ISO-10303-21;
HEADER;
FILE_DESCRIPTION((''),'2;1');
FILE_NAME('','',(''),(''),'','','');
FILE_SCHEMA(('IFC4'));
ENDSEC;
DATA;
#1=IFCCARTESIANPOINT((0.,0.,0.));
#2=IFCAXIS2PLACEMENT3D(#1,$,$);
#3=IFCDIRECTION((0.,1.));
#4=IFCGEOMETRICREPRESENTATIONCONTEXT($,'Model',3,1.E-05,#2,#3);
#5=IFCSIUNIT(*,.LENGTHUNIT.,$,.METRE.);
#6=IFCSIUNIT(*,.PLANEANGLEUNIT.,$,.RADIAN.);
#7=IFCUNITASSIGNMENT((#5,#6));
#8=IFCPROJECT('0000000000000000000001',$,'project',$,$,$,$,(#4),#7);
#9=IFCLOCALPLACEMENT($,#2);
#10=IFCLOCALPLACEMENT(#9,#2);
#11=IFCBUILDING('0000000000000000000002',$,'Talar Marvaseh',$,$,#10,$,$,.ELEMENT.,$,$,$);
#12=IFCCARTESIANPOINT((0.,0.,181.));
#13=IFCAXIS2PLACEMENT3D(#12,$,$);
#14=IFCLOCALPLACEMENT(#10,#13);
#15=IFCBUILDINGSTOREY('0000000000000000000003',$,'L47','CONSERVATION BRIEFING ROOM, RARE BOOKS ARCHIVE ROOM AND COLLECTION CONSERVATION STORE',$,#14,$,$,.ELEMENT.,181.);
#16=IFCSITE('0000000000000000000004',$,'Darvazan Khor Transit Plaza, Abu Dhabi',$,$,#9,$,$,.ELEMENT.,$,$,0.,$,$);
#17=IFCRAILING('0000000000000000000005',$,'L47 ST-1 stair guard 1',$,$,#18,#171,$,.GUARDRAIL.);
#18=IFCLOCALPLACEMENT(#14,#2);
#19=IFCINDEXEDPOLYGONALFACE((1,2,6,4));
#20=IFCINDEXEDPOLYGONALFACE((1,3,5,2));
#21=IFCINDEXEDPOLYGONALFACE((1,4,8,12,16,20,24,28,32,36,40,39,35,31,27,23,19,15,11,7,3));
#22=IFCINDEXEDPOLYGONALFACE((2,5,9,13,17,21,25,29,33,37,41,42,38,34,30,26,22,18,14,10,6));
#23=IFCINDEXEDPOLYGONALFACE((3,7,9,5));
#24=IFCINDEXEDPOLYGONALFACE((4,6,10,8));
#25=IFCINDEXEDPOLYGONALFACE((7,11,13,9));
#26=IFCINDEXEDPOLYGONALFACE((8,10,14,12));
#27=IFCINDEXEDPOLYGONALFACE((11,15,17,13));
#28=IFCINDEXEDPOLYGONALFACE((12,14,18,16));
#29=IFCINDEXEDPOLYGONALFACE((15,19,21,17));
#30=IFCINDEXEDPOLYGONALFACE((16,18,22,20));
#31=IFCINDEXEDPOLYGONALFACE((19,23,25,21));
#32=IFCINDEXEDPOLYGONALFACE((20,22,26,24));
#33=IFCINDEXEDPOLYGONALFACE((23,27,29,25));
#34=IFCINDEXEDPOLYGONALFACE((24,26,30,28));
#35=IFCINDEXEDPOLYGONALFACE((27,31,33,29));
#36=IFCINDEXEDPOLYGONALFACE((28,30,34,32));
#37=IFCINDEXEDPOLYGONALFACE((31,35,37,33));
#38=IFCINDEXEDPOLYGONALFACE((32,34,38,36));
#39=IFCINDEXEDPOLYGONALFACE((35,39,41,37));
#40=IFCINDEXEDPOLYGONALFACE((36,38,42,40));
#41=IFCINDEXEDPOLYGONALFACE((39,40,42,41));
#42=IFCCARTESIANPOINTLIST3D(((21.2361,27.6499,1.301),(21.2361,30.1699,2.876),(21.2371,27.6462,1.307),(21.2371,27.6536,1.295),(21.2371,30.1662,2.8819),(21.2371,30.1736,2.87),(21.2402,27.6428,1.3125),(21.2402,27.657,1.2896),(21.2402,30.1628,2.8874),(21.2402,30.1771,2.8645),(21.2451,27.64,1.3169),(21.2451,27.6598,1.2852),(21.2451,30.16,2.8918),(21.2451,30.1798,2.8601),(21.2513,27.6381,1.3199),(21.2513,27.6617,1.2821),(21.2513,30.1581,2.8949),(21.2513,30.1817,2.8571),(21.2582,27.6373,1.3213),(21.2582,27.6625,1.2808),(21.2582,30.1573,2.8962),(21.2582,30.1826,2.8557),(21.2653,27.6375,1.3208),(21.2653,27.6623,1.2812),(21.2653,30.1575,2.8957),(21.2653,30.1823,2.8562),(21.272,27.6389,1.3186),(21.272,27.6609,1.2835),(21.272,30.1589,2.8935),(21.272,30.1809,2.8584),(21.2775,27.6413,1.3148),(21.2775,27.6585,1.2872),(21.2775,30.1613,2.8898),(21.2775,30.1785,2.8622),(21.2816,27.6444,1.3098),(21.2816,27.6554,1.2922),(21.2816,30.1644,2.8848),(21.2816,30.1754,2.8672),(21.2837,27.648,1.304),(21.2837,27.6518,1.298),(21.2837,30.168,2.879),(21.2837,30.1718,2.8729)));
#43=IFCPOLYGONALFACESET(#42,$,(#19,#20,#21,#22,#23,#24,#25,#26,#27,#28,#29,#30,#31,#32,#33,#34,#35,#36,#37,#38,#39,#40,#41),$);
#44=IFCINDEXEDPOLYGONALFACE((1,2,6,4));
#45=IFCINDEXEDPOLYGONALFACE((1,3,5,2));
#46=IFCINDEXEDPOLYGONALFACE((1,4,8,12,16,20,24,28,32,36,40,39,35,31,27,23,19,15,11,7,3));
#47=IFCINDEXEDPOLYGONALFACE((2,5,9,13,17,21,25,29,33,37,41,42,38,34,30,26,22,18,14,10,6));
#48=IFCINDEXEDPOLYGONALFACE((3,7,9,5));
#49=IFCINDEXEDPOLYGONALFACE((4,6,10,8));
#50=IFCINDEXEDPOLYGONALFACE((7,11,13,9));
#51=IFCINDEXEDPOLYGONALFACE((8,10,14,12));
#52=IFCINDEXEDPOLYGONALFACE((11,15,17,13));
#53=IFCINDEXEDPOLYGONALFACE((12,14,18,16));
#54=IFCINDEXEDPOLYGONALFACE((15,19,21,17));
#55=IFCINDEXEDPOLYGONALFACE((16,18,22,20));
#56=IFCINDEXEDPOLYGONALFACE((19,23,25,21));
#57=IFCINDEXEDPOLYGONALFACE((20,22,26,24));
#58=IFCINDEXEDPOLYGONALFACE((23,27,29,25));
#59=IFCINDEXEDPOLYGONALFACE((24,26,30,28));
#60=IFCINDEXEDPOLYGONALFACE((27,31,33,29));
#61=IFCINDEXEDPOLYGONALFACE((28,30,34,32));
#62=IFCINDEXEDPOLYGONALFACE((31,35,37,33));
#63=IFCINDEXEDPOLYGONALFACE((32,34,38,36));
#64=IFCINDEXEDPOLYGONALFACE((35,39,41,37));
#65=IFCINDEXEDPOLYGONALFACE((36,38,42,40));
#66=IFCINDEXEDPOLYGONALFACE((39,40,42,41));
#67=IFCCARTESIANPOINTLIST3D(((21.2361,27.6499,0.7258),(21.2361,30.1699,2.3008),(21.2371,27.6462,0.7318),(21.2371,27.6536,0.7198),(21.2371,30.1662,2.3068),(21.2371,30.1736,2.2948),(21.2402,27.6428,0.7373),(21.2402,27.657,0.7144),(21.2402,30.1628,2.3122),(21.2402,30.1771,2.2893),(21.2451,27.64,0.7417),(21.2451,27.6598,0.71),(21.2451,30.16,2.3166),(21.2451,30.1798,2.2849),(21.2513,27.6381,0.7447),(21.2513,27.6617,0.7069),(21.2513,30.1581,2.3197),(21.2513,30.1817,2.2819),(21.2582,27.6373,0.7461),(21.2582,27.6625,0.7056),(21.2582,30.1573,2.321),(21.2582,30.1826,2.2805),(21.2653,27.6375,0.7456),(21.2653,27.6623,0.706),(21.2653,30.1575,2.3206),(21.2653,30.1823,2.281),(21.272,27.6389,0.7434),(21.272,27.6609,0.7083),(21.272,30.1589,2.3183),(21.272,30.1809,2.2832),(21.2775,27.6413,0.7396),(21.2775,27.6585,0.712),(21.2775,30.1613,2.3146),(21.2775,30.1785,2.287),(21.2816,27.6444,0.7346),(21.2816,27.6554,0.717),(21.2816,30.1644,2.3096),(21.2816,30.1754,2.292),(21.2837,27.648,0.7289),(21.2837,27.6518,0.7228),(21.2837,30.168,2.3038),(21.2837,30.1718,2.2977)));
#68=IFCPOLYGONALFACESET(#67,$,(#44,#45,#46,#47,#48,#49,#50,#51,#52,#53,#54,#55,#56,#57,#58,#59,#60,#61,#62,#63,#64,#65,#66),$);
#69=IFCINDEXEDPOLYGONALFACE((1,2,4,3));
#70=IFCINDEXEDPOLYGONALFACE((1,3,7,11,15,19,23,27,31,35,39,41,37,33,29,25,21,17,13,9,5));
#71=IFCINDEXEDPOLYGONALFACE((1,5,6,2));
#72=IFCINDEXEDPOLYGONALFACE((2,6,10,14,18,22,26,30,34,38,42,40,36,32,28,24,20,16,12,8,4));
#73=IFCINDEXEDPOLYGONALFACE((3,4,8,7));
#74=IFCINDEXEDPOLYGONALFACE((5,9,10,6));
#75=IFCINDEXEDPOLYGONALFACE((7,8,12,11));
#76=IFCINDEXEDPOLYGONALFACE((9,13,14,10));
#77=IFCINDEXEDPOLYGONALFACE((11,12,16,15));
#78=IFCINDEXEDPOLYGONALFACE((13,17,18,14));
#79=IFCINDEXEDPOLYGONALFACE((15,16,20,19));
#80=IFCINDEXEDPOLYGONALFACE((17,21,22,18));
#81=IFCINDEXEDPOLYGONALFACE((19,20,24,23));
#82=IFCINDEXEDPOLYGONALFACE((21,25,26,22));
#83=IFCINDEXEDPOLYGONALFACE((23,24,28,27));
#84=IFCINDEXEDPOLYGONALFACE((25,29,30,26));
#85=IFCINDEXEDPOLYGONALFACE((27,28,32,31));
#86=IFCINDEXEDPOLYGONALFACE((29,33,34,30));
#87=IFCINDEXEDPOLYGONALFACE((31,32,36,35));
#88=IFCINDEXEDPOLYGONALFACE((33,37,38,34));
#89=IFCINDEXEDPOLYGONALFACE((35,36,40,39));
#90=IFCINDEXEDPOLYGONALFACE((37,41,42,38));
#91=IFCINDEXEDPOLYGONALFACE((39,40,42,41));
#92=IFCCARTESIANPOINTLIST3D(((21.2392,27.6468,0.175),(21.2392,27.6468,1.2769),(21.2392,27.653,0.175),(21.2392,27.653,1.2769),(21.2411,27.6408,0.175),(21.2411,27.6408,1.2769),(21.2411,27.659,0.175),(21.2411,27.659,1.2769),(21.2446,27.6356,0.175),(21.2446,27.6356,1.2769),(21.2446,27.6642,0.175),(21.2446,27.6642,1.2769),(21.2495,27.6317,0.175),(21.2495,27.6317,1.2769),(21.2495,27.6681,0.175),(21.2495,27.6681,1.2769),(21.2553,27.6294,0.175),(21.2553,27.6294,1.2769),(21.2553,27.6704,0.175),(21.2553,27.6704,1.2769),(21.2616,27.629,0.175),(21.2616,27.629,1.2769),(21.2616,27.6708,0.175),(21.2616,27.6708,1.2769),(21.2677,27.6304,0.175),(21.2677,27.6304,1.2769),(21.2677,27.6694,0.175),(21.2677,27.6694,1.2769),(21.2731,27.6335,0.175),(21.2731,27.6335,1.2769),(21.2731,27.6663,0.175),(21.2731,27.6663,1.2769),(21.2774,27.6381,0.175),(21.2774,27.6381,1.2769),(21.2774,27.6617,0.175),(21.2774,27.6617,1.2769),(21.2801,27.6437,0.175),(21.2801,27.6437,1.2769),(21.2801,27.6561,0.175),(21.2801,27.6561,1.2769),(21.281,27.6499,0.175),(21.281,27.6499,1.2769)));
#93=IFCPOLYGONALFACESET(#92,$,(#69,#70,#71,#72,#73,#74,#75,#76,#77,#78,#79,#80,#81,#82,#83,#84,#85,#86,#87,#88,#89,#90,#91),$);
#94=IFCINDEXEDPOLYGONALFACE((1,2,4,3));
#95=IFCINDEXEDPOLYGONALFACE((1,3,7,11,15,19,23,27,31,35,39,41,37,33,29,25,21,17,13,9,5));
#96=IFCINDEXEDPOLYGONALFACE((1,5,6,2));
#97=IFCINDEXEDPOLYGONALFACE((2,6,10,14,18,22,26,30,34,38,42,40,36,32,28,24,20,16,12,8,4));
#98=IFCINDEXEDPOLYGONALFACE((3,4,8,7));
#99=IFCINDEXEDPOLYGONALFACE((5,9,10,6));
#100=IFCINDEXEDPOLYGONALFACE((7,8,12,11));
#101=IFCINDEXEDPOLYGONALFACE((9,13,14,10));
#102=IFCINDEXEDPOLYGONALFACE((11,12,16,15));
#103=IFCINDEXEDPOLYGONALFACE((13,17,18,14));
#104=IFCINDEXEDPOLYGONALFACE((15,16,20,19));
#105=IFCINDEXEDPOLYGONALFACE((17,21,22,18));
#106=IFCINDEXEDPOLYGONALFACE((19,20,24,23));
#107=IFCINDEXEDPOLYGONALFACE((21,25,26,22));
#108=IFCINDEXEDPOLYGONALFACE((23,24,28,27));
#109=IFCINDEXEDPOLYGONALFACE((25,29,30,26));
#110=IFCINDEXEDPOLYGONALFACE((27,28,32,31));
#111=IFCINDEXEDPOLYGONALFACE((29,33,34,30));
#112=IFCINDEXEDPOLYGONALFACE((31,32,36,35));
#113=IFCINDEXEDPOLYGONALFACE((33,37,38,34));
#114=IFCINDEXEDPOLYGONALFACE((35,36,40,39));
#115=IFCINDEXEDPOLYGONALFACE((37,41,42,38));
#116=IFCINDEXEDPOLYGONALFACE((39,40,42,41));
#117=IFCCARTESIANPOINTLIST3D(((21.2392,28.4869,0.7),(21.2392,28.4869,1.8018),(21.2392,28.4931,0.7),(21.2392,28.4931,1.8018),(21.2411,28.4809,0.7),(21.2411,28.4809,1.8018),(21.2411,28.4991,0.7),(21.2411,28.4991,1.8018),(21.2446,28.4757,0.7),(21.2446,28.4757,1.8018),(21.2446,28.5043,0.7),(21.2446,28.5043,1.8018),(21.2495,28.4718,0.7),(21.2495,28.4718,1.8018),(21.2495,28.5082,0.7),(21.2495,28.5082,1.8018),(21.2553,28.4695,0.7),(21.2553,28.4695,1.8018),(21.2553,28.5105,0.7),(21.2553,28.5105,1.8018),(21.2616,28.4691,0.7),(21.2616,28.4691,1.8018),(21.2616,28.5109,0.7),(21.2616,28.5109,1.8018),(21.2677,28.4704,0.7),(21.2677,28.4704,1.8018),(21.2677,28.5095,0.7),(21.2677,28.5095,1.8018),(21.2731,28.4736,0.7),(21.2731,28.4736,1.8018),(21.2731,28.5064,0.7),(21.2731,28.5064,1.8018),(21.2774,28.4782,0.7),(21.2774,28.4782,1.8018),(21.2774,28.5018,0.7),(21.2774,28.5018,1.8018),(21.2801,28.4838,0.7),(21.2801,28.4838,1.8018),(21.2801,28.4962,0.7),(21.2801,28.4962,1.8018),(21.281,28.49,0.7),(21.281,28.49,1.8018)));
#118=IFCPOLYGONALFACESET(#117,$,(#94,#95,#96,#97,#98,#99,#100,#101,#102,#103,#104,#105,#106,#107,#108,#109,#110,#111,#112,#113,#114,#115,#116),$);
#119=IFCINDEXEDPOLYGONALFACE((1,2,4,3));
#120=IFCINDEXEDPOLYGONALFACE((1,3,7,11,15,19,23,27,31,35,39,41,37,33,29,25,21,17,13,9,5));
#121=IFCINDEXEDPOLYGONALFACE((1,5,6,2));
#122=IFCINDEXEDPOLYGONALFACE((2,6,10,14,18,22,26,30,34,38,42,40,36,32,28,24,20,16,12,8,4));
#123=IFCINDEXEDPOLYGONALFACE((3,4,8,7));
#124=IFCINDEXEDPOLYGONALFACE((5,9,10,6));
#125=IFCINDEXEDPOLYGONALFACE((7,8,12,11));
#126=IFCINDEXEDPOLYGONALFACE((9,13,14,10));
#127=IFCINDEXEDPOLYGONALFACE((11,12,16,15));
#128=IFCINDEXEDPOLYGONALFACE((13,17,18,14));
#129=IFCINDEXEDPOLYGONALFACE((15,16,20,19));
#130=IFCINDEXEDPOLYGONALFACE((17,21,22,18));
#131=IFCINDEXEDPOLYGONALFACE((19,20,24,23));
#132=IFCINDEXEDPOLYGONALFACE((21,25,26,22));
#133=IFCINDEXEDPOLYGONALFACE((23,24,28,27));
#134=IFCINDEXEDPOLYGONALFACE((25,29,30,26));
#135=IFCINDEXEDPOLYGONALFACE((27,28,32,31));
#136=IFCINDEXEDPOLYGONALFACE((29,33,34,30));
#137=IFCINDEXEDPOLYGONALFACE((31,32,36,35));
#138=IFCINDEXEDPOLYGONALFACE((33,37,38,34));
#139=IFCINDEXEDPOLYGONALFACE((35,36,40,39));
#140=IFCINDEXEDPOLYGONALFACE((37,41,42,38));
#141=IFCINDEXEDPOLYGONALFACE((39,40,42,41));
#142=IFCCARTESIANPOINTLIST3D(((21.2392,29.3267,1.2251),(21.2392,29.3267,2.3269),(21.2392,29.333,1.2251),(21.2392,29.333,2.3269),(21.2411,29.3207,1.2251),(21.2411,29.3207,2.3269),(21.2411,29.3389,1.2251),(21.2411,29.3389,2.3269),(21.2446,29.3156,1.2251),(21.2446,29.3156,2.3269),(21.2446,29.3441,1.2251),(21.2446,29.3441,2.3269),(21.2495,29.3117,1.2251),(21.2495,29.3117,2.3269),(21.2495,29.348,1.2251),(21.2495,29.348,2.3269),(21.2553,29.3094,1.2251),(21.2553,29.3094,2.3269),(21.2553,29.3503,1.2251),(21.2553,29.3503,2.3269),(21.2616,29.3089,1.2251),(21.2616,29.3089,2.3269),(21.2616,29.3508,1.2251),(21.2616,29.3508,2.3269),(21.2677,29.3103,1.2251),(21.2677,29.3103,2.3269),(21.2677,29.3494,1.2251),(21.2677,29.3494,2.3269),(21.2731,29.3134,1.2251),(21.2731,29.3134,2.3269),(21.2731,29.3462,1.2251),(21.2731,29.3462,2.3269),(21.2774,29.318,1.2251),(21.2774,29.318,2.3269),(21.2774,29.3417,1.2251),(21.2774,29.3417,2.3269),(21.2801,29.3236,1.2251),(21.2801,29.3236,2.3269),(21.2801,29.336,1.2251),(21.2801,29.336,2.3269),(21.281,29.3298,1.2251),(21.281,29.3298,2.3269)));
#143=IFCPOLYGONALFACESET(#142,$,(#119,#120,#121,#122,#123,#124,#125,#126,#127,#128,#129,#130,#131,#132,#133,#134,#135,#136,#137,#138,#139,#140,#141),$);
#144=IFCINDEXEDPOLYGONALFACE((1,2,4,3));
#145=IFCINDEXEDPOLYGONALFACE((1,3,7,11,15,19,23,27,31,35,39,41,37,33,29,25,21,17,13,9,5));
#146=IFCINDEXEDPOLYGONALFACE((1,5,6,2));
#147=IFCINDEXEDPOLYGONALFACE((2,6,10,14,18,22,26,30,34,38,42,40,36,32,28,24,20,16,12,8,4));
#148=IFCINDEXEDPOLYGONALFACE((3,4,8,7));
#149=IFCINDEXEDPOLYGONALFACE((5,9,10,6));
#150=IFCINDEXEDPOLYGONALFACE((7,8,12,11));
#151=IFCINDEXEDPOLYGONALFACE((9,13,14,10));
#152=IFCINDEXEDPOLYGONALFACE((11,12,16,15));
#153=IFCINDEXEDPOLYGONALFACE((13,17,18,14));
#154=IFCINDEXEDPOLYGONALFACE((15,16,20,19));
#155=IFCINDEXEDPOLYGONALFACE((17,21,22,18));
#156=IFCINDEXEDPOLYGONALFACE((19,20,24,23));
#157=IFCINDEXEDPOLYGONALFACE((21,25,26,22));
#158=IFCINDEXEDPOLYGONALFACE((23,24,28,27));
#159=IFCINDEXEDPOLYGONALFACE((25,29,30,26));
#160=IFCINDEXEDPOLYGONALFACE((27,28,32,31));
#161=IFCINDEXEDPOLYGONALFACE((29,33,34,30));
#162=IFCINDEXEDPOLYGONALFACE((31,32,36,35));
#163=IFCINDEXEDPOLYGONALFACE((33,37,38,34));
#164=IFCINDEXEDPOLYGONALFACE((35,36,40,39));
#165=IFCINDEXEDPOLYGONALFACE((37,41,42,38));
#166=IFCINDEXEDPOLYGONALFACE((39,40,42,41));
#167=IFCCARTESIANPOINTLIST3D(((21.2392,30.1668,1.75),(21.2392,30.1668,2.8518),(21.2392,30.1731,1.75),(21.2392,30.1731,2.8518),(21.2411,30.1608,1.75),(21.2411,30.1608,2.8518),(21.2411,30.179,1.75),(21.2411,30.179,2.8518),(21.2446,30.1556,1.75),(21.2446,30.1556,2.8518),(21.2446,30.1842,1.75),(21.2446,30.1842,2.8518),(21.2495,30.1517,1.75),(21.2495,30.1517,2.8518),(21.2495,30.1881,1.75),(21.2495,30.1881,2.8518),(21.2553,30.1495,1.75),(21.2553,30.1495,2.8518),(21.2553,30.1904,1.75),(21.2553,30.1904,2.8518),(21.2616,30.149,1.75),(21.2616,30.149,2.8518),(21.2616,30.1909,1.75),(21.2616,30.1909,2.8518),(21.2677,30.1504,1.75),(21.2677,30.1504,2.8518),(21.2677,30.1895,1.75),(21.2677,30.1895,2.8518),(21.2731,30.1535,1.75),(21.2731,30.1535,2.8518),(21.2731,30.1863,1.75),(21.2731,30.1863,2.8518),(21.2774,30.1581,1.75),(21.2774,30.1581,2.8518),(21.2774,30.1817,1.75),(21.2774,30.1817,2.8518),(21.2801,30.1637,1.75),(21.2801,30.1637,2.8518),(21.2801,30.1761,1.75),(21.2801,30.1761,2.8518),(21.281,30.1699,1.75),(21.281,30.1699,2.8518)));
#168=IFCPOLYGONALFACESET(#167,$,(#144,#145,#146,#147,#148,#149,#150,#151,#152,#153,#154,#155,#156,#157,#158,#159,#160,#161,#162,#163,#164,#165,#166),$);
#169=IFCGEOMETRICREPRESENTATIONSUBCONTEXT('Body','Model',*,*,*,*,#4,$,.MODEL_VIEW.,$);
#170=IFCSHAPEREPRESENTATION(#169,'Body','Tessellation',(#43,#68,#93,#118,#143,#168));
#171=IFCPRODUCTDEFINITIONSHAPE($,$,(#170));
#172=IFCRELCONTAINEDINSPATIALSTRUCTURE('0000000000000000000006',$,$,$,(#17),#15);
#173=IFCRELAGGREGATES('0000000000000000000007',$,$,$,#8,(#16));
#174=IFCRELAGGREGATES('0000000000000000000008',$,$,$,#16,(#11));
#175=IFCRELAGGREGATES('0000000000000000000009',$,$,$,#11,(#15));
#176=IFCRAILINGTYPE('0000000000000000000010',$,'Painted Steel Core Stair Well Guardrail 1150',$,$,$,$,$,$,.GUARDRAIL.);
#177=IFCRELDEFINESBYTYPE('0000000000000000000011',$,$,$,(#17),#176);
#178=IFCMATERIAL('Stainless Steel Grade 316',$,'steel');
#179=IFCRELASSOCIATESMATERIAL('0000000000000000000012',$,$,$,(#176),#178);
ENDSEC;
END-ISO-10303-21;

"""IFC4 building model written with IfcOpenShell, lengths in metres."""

from ifc_helpers import new_model, si_unit, direction, frame, origin, origin_2d, place, context, subcontext, project, spatial, circle, extrude, material, type_object, element, save


model = new_model("IFC4")

# Units and contexts
model_context = context("Model", 3, precision=1e-05, world=origin(), true_north=direction((0.0, 1.0)))
body_context = subcontext(model_context, "Body", "Model", "MODEL_VIEW")
ifc_project = project(units=[si_unit("LENGTHUNIT", "METRE"), si_unit("PLANEANGLEUNIT", "RADIAN")], contexts=[model_context])

# Site, building, storey
site_placement = place(None, origin())
site = spatial("IfcSite", under=ifc_project, at=site_placement, Name="Darvazan Khor Transit Plaza, Abu Dhabi", CompositionType="ELEMENT", RefElevation=0.0)
building_placement = place(site_placement, origin())
building = spatial("IfcBuilding", under=site, at=building_placement, Name="Talar Marvaseh", CompositionType="ELEMENT")
storey_placement = place(building_placement, frame((0.0, 0.0, 181.0)))
storey = spatial("IfcBuildingStorey", under=building, at=storey_placement, Name="L47", Description="CONSERVATION BRIEFING ROOM, RARE BOOKS ARCHIVE ROOM AND COLLECTION CONSERVATION STORE", CompositionType="ELEMENT", Elevation=181.0)

# Railing
ifc_material_1 = material(Name="Stainless Steel Grade 316", Category="steel")
railing_type_1 = type_object("IfcRailingType", Name="Painted Steel Core Stair Well Guardrail 1150", PredefinedType="GUARDRAIL", material=ifc_material_1)
railing_1_placement = place(storey_placement, frame((21.26, 27.6499, 0.175)))
element("IfcRailing", 1, at=railing_1_placement, inside=storey, type_object=railing_type_1, Name="L47 ST-1 stair guard 1", PredefinedType="GUARDRAIL", context=body_context, shape_type="SweptSolid", body=[
    extrude(circle(Radius=0.0239, at=origin_2d()), frame((0.0, 0.0, 1.126), z_axis=(0.0, 0.848008, 0.529984), x_axis=(-1.0, 0.0, 0.0)), (0.0, 0.0, 1.0), 2.9717),
    extrude(circle(Radius=0.0239, at=origin_2d()), frame((0.0, 0.0, 0.5508), z_axis=(0.0, 0.848008, 0.529984), x_axis=(-1.0, 0.0, 0.0)), (0.0, 0.0, 1.0), 2.9717),
    extrude(circle(Radius=0.021, at=origin_2d()), origin(), (0.0, 0.0, 1.0), 1.1018),
    extrude(circle(Radius=0.021, at=origin_2d()), frame((0.0, 0.8401, 0.5249)), (0.0, 0.0, 1.0), 1.1018),
    extrude(circle(Radius=0.021, at=origin_2d()), frame((0.0, 1.6799, 1.05)), (0.0, 0.0, 1.0), 1.1018),
    extrude(circle(Radius=0.021, at=origin_2d()), frame((0.0, 2.52, 1.575)), (0.0, 0.0, 1.0), 1.1018),
])

save(model, "model.ifc")
